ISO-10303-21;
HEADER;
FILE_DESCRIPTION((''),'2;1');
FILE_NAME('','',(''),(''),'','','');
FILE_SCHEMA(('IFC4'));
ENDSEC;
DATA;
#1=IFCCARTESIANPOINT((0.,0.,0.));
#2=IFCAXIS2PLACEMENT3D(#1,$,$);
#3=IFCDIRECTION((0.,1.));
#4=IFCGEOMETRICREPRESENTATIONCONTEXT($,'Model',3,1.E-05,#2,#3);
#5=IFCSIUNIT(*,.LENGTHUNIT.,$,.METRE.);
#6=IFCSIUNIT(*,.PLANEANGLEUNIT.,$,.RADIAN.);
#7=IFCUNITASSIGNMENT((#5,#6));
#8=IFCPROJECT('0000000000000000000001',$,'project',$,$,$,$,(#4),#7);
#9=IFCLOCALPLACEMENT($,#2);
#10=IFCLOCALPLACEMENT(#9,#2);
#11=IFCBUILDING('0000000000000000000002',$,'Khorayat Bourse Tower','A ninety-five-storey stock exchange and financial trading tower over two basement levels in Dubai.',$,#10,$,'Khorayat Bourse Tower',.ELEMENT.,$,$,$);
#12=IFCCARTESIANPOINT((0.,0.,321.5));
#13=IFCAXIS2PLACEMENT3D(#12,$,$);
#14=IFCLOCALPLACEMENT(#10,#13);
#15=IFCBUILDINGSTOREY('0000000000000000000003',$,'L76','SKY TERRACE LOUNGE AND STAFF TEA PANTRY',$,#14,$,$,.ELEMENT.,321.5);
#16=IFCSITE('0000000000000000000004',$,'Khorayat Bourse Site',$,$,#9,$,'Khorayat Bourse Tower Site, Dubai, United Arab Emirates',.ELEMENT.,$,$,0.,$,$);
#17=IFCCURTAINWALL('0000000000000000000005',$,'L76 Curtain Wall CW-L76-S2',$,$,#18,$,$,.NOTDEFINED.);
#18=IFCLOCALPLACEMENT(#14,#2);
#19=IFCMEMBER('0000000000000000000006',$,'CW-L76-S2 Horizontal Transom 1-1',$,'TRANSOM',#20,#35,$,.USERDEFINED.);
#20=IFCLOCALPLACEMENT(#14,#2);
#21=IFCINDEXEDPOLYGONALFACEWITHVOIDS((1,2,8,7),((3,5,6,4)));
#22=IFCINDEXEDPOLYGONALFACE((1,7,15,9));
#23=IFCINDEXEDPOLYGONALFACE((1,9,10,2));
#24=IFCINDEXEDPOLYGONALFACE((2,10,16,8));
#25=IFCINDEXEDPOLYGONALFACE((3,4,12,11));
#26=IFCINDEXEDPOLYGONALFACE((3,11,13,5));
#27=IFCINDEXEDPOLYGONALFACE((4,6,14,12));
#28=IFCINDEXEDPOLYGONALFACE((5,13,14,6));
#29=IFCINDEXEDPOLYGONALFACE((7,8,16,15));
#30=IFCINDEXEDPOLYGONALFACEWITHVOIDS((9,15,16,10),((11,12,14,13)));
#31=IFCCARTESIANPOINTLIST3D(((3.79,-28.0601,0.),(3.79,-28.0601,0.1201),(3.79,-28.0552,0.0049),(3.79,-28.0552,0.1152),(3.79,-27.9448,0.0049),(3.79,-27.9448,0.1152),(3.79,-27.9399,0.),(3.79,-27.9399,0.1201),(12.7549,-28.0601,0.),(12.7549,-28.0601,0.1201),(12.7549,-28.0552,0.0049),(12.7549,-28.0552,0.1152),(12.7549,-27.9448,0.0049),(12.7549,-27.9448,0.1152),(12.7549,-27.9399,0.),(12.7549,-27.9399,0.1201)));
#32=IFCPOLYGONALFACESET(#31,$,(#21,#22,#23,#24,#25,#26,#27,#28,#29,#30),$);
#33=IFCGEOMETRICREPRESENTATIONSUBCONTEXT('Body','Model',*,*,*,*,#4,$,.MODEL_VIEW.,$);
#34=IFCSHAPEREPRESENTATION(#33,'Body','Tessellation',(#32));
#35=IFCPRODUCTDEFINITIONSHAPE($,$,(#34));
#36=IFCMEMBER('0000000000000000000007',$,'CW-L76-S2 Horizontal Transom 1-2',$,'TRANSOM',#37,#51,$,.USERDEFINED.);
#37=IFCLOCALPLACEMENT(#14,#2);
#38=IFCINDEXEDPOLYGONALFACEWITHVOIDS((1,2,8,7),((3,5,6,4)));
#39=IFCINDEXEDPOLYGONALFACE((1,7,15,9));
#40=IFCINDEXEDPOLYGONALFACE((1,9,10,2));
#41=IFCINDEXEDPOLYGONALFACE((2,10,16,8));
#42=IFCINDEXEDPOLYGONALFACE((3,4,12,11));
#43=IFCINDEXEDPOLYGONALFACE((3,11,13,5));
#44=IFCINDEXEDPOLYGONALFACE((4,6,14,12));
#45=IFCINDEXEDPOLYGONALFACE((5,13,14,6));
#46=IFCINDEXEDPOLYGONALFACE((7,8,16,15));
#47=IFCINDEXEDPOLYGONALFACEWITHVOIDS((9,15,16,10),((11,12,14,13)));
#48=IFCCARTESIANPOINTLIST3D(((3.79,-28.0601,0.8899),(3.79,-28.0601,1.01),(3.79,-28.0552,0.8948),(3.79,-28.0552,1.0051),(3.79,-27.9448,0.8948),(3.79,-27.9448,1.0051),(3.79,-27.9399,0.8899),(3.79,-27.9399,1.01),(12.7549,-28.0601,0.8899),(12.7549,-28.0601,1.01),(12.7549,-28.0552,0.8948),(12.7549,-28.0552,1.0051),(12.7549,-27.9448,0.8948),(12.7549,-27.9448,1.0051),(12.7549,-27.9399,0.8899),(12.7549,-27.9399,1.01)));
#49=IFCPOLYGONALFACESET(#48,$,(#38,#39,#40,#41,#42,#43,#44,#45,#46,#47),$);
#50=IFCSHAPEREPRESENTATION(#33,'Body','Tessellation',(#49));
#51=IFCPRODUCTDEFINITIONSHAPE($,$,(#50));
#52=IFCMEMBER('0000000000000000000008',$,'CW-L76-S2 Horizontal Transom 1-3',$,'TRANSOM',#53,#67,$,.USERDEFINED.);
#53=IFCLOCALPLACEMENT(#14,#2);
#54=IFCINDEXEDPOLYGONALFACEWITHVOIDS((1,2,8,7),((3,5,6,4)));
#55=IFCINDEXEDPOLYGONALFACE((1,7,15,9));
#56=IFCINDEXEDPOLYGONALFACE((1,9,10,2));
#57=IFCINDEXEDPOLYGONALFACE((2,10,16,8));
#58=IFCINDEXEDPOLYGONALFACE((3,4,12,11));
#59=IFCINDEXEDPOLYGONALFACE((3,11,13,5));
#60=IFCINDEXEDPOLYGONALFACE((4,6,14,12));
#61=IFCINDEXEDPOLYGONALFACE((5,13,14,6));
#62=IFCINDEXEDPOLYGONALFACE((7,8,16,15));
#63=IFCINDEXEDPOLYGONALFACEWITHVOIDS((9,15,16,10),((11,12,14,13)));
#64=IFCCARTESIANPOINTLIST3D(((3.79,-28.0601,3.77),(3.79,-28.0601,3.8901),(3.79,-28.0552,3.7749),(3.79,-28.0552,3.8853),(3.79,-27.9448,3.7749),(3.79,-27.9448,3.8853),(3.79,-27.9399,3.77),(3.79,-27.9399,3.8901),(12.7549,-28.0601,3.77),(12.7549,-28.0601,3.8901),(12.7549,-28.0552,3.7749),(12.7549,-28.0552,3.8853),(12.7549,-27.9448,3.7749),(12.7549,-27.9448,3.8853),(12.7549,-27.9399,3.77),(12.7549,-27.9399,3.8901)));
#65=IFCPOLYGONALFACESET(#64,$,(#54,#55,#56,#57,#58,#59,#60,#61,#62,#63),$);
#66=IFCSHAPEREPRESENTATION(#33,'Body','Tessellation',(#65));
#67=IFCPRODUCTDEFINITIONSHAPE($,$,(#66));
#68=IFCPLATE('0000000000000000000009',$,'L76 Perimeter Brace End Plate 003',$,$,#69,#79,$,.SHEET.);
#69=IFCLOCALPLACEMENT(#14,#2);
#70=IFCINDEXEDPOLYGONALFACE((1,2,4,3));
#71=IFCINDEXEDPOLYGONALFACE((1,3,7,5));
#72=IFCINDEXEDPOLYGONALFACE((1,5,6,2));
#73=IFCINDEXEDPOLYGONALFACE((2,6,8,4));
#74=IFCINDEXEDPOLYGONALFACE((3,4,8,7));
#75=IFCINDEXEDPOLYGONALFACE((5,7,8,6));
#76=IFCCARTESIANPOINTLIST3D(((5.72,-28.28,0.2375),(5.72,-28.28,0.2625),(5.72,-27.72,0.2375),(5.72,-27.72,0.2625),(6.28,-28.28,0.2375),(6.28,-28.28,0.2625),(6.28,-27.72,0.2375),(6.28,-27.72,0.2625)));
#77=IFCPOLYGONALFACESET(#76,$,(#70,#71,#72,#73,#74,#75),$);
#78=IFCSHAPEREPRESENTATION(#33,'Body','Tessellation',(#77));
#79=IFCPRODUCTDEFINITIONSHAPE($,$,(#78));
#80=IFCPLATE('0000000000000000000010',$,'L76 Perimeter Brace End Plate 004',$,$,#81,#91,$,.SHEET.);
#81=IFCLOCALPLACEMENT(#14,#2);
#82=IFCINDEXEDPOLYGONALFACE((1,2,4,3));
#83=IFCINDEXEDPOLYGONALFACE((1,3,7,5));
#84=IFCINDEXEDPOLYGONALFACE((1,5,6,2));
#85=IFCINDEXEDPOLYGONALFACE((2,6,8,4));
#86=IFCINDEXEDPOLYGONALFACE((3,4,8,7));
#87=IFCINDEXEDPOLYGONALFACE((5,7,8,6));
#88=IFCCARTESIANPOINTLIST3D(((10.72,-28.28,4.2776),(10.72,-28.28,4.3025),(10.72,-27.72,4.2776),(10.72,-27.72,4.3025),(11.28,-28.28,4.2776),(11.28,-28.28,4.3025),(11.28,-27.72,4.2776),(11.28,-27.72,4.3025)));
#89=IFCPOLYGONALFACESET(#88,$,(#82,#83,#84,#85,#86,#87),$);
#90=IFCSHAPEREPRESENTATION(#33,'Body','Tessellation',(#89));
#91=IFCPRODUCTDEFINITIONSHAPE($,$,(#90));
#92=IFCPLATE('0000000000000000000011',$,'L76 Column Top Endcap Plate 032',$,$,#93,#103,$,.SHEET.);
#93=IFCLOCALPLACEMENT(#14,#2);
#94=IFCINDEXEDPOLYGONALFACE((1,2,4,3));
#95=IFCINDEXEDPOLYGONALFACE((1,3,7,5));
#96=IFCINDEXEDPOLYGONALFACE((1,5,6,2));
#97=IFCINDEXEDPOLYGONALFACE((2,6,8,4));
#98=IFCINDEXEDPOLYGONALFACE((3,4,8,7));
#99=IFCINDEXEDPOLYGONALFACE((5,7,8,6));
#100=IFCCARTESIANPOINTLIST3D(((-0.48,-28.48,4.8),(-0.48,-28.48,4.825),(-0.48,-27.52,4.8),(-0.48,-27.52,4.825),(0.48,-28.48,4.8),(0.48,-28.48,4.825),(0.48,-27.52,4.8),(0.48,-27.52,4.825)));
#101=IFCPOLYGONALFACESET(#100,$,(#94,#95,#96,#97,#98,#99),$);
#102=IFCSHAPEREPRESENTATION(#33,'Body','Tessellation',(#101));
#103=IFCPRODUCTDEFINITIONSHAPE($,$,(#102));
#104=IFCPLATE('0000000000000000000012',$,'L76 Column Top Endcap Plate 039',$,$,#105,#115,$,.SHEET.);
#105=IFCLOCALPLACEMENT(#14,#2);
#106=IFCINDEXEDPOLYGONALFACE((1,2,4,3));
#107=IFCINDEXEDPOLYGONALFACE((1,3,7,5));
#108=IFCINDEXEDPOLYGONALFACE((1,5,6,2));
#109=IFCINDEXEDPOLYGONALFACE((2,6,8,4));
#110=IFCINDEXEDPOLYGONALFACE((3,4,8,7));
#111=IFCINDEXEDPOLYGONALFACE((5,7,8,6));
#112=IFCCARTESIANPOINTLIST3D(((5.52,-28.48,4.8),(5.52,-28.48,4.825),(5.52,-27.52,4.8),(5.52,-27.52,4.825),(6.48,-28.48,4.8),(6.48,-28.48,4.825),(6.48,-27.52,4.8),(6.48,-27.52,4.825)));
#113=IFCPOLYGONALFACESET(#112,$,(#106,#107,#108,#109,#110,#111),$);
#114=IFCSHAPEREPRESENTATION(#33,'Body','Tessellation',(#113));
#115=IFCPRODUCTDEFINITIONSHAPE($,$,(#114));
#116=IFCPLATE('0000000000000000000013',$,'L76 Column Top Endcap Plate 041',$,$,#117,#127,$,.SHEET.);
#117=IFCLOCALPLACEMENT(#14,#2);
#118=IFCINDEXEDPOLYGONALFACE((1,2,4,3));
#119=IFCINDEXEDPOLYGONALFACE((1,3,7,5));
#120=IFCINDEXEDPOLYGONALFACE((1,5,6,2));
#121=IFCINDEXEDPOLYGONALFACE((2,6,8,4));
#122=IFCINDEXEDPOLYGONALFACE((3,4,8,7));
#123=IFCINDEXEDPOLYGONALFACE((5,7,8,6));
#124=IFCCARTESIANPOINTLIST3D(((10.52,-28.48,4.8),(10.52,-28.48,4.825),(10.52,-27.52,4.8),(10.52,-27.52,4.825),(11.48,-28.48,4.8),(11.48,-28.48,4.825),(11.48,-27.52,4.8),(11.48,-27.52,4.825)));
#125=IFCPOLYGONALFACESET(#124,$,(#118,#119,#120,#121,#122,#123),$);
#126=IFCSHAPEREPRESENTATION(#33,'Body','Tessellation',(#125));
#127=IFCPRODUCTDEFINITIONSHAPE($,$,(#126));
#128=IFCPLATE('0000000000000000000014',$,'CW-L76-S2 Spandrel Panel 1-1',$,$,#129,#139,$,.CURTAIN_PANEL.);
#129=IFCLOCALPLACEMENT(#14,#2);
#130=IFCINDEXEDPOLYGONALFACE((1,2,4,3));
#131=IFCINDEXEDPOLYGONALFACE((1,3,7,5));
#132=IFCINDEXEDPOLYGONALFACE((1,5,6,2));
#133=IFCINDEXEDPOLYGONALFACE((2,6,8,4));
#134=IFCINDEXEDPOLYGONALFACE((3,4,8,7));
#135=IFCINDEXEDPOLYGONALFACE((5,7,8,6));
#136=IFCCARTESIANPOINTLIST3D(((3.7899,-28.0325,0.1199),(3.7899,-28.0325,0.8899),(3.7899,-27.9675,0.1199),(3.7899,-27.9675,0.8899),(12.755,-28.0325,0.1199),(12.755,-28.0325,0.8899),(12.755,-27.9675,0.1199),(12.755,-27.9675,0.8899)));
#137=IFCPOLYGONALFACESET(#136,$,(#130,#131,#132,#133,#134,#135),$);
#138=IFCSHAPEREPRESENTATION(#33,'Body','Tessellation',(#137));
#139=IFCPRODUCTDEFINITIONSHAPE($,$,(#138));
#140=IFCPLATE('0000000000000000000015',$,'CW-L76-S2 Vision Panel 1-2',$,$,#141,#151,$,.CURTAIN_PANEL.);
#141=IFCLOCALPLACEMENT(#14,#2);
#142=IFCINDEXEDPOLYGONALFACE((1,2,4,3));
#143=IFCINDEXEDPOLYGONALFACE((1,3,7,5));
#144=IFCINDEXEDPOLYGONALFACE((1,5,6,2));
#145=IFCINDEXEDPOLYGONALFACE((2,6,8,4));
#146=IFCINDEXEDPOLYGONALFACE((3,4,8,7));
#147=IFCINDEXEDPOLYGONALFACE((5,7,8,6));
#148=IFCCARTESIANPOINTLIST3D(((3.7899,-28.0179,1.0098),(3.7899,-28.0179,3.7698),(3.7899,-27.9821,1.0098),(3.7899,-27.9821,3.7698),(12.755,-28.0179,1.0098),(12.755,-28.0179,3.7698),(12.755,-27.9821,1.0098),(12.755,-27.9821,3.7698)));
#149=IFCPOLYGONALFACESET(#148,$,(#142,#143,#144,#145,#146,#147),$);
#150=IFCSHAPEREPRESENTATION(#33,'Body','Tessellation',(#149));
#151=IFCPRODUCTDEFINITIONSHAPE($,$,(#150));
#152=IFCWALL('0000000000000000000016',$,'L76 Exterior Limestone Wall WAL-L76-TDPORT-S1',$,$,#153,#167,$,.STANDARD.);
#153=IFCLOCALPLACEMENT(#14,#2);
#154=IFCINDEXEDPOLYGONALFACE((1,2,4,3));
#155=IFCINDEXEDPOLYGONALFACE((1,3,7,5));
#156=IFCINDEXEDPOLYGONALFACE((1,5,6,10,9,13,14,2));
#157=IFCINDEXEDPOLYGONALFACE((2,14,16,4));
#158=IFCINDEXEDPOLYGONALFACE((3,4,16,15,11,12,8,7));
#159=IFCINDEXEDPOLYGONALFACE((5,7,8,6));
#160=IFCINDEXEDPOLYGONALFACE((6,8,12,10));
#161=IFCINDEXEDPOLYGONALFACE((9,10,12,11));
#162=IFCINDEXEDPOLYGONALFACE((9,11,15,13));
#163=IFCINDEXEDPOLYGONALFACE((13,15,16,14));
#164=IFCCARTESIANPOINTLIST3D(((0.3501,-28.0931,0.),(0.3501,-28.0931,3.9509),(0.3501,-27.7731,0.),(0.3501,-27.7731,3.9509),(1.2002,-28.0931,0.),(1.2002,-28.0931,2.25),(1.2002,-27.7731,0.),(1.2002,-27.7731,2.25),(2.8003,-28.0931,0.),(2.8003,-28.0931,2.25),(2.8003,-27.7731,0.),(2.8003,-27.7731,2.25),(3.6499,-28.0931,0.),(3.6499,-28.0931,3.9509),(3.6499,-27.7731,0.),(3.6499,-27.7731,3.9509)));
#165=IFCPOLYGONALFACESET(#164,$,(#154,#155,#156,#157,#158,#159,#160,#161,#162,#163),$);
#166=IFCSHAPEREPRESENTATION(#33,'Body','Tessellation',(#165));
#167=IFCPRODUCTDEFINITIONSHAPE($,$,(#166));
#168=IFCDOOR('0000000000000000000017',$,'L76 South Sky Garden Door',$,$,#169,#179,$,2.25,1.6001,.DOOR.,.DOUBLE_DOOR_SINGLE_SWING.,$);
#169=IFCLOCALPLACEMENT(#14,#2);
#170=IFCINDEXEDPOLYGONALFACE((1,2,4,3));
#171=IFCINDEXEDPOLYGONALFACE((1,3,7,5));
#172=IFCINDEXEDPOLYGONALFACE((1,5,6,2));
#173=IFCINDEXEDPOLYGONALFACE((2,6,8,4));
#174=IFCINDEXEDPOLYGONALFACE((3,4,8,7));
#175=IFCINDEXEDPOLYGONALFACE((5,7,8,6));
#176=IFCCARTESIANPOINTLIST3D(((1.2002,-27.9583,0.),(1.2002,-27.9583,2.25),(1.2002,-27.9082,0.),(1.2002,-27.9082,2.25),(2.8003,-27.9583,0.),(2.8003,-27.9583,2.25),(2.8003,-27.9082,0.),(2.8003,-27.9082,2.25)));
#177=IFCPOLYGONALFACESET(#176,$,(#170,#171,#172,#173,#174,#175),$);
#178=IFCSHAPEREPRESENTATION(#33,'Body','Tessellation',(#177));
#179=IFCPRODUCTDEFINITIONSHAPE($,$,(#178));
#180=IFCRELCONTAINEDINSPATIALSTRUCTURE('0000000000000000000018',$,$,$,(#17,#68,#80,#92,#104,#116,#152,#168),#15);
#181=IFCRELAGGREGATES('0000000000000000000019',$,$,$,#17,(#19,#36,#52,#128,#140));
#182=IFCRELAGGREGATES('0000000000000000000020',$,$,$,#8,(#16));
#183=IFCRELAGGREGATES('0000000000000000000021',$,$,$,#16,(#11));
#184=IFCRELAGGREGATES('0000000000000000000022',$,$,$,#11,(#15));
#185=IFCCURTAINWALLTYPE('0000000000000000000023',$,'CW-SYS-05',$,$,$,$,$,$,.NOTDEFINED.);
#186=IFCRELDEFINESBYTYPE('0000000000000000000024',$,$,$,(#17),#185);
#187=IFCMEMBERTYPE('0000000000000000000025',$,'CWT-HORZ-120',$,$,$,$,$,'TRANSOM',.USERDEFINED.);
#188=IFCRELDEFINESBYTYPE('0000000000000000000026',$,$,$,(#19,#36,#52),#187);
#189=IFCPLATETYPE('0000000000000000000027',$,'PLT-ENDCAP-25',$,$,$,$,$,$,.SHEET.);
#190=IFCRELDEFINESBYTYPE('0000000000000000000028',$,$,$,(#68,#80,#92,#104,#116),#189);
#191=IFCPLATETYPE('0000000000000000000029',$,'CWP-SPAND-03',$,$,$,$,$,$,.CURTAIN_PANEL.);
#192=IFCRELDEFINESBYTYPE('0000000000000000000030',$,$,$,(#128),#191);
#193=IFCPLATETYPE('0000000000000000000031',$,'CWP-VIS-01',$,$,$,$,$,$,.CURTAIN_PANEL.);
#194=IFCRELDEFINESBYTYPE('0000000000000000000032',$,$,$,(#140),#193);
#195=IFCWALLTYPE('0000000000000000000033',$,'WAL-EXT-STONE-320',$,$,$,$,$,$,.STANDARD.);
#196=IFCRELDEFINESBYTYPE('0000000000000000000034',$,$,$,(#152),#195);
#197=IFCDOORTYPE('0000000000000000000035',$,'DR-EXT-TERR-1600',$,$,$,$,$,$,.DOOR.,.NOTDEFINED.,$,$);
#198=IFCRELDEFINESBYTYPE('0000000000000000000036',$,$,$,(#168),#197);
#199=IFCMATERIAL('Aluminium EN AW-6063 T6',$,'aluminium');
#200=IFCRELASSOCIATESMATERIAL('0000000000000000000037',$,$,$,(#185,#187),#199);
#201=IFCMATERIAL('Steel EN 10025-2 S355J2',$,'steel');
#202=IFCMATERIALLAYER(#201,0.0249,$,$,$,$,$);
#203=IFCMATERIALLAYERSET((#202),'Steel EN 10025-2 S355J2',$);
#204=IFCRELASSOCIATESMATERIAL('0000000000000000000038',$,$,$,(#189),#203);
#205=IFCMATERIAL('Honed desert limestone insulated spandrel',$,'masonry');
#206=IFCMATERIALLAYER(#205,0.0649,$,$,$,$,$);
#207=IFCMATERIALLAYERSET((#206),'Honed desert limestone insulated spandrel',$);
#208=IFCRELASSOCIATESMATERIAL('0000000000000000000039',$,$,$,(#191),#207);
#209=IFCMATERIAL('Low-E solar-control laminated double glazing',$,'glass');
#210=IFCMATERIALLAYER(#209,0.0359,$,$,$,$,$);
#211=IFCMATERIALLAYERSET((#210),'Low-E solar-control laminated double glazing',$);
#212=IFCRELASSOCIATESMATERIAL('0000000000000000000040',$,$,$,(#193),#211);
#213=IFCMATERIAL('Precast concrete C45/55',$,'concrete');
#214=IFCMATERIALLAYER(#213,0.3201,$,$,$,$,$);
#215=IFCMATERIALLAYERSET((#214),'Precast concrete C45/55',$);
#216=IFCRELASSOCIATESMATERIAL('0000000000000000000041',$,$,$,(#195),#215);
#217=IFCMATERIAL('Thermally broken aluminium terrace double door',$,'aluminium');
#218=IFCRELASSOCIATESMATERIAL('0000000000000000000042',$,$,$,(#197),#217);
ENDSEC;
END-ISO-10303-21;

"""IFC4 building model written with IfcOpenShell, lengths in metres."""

from ifc_helpers import new_model, si_unit, direction, frame, frame_2d, origin, origin_2d, place, context, subcontext, project, spatial, rectangle, hollow_rectangle, extrude, source, transform, mapped, material, layer, layer_set, material_profile, profile_set, type_object, element, fill, aggregate, save


model = new_model("IFC4")

# Units and contexts
model_context = context("Model", 3, precision=1e-05, world=origin(), true_north=direction((0.0, 1.0)))
body_context = subcontext(model_context, "Body", "Model", "MODEL_VIEW")
ifc_project = project(units=[si_unit("LENGTHUNIT", "METRE"), si_unit("PLANEANGLEUNIT", "RADIAN")], contexts=[model_context])

# Site, building, storey
site_placement = place(None, origin())
site = spatial("IfcSite", under=ifc_project, at=site_placement, Name="Khorayat Bourse Site", LongName="Khorayat Bourse Tower Site, Dubai, United Arab Emirates", CompositionType="ELEMENT", RefElevation=0.0)
building_placement = place(site_placement, origin())
building = spatial("IfcBuilding", under=site, at=building_placement, Name="Khorayat Bourse Tower", Description="A ninety-five-storey stock exchange and financial trading tower over two basement levels in Dubai.", LongName="Khorayat Bourse Tower", CompositionType="ELEMENT")
storey_placement = place(building_placement, frame((0.0, 0.0, 321.5)))
storey = spatial("IfcBuildingStorey", under=building, at=storey_placement, Name="L76", Description="SKY TERRACE LOUNGE AND STAFF TEA PANTRY", CompositionType="ELEMENT", Elevation=321.5)

# Shared definitions
ifc_material_1 = material(Name="Aluminium EN AW-6063 T6", Category="aluminium")
curtain_wall_type = type_object("IfcCurtainWallType", Name="CW-SYS-05", PredefinedType="NOTDEFINED", material=ifc_material_1)

# Curtain wall, members
curtain_wall_1_placement = place(storey_placement, origin())
curtain_wall_1 = element("IfcCurtainWall", 1, at=curtain_wall_1_placement, inside=storey, type_object=curtain_wall_type, Name="L76 Curtain Wall CW-L76-S2", PredefinedType="NOTDEFINED")
ifc_material_profile_1 = material_profile(ifc_material_1, hollow_rectangle(XDim=0.1201, YDim=0.1201, WallThickness=0.0049, at=origin_2d()), Name="ALU 120x120x5")
ifc_profile_set_1 = profile_set([ifc_material_profile_1], Name="Aluminium EN AW-6063 T6")
member_type_1 = type_object("IfcMemberType", Name="CWT-HORZ-120", ElementType="TRANSOM", PredefinedType="USERDEFINED", material=ifc_profile_set_1)
shared_shape_1 = source(origin(), body_context, "Body", "SweptSolid", [
    extrude(hollow_rectangle(XDim=0.1201, YDim=0.1201, WallThickness=0.0049, at=origin_2d()), origin(), (0.0, 0.0, 1.0), 8.9648),
])
member_1_placement = place(storey_placement, frame((3.79, -28.0, 0.0601), z_axis=(1.0, 0.0, 0.0), x_axis=(0.0, 1.0, 0.0)))
member_1 = element("IfcMember", 2, at=member_1_placement, type_object=member_type_1, Name="CW-L76-S2 Horizontal Transom 1-1", ObjectType="TRANSOM", PredefinedType="USERDEFINED", context=body_context, shape_type="MappedRepresentation", body=[
    mapped(shared_shape_1, transform((0.0, 0.0, 0.0), scale=1.0)),
])
member_2_placement = place(storey_placement, frame((3.79, -28.0, 0.95), z_axis=(1.0, 0.0, 0.0), x_axis=(0.0, 1.0, 0.0)))
member_2 = element("IfcMember", 3, at=member_2_placement, type_object=member_type_1, Name="CW-L76-S2 Horizontal Transom 1-2", ObjectType="TRANSOM", PredefinedType="USERDEFINED", context=body_context, shape_type="MappedRepresentation", body=[
    mapped(shared_shape_1, transform((0.0, 0.0, 0.0), scale=1.0)),
])
member_3_placement = place(storey_placement, frame((3.79, -28.0, 3.8301), z_axis=(1.0, 0.0, 0.0), x_axis=(0.0, 1.0, 0.0)))
member_3 = element("IfcMember", 4, at=member_3_placement, type_object=member_type_1, Name="CW-L76-S2 Horizontal Transom 1-3", ObjectType="TRANSOM", PredefinedType="USERDEFINED", context=body_context, shape_type="MappedRepresentation", body=[
    mapped(shared_shape_1, transform((0.0, 0.0, 0.0), scale=1.0)),
])

# Plates
ifc_material_2 = material(Name="Steel EN 10025-2 S355J2", Category="steel")
ifc_layer_1 = layer(ifc_material_2, 0.0249)
ifc_layer_set_1 = layer_set([ifc_layer_1], Name="Steel EN 10025-2 S355J2")
plate_type_1 = type_object("IfcPlateType", Name="PLT-ENDCAP-25", PredefinedType="SHEET", material=ifc_layer_set_1)
shared_shape_2 = source(origin(), body_context, "Body", "SweptSolid", [
    extrude(rectangle(XDim=0.5601, YDim=0.5601, at=origin_2d()), origin(), (0.0, 0.0, 1.0), 0.0249),
])
for number, where, z_axis, x_axis, name in (
    (5, (6.0, -28.0, 0.2375), (0.0, 0.0, 1.0), (1.0, 0.0, 0.0), "L76 Perimeter Brace End Plate 003"),
    (6, (11.0, -28.0, 4.2776), (0.0, 0.0, 1.0), (1.0, 0.0, 0.0), "L76 Perimeter Brace End Plate 004"),
):
    element("IfcPlate", number, at=place(storey_placement, frame(where, z_axis=z_axis, x_axis=x_axis)), inside=storey, type_object=plate_type_1, Name=name, PredefinedType="SHEET", context=body_context, shape_type="MappedRepresentation", body=[
        mapped(shared_shape_2, transform((0.0, 0.0, 0.0), scale=1.0)),
    ])
shared_shape_3 = source(origin(), body_context, "Body", "SweptSolid", [
    extrude(rectangle(XDim=0.96, YDim=0.96, at=origin_2d()), origin(), (0.0, 0.0, 1.0), 0.0249),
])
for number, where, z_axis, x_axis, name in (
    (7, (0.0, -28.0, 4.8), (0.0, 0.0, 1.0), (1.0, 0.0, 0.0), "L76 Column Top Endcap Plate 032"),
    (8, (6.0, -28.0, 4.8), (0.0, 0.0, 1.0), (1.0, 0.0, 0.0), "L76 Column Top Endcap Plate 039"),
    (9, (11.0, -28.0, 4.8), (0.0, 0.0, 1.0), (1.0, 0.0, 0.0), "L76 Column Top Endcap Plate 041"),
):
    element("IfcPlate", number, at=place(storey_placement, frame(where, z_axis=z_axis, x_axis=x_axis)), inside=storey, type_object=plate_type_1, Name=name, PredefinedType="SHEET", context=body_context, shape_type="MappedRepresentation", body=[
        mapped(shared_shape_3, transform((0.0, 0.0, 0.0), scale=1.0)),
    ])

# Plates
ifc_material_3 = material(Name="Honed desert limestone insulated spandrel", Category="masonry")
ifc_layer_2 = layer(ifc_material_3, 0.0649)
ifc_layer_set_2 = layer_set([ifc_layer_2], Name="Honed desert limestone insulated spandrel")
plate_type_2 = type_object("IfcPlateType", Name="CWP-SPAND-03", PredefinedType="CURTAIN_PANEL", material=ifc_layer_set_2)
shared_shape_4 = source(origin(), body_context, "Body", "SweptSolid", [
    extrude(rectangle(XDim=8.9651, YDim=0.0649, at=origin_2d()), origin(), (0.0, 0.0, 1.0), 0.77),
])
plate_1_placement = place(storey_placement, frame((8.2725, -28.0, 0.1199), z_axis=(0.0, 0.0, 1.0), x_axis=(1.0, 0.0, 0.0)))
plate_1 = element("IfcPlate", 10, at=plate_1_placement, type_object=plate_type_2, Name="CW-L76-S2 Spandrel Panel 1-1", PredefinedType="CURTAIN_PANEL", context=body_context, shape_type="MappedRepresentation", body=[
    mapped(shared_shape_4, transform((0.0, 0.0, 0.0), scale=1.0)),
])
ifc_material_4 = material(Name="Low-E solar-control laminated double glazing", Category="glass")
ifc_layer_3 = layer(ifc_material_4, 0.0359)
ifc_layer_set_3 = layer_set([ifc_layer_3], Name="Low-E solar-control laminated double glazing")
plate_type_3 = type_object("IfcPlateType", Name="CWP-VIS-01", PredefinedType="CURTAIN_PANEL", material=ifc_layer_set_3)
shared_shape_5 = source(origin(), body_context, "Body", "SweptSolid", [
    extrude(rectangle(XDim=8.9651, YDim=0.0359, at=origin_2d()), origin(), (0.0, 0.0, 1.0), 2.76),
])
plate_2_placement = place(storey_placement, frame((8.2725, -28.0, 1.0098), z_axis=(0.0, 0.0, 1.0), x_axis=(1.0, 0.0, 0.0)))
plate_2 = element("IfcPlate", 11, at=plate_2_placement, type_object=plate_type_3, Name="CW-L76-S2 Vision Panel 1-2", PredefinedType="CURTAIN_PANEL", context=body_context, shape_type="MappedRepresentation", body=[
    mapped(shared_shape_5, transform((0.0, 0.0, 0.0), scale=1.0)),
])
aggregate(curtain_wall_1, [member_1, member_2, member_3, plate_1, plate_2])

# Wall, opening, door
ifc_material_5 = material(Name="Precast concrete C45/55", Category="concrete")
ifc_layer_4 = layer(ifc_material_5, 0.3201)
ifc_layer_set_4 = layer_set([ifc_layer_4], Name="Precast concrete C45/55")
wall_type_1 = type_object("IfcWallType", Name="WAL-EXT-STONE-320", PredefinedType="STANDARD", material=ifc_layer_set_4)
shared_shape_6 = source(origin(), body_context, "Body", "SweptSolid", [
    extrude(rectangle(XDim=3.2998, YDim=0.3201, at=frame_2d((1.6499, 0.0))), origin(), (0.0, 0.0, 1.0), 3.9509),
])
wall_1_placement = place(storey_placement, frame((0.3501, -27.9331, 0.0), z_axis=(0.0, 0.0, 1.0), x_axis=(1.0, 0.0, 0.0)))
wall_1 = element("IfcWall", 12, at=wall_1_placement, inside=storey, type_object=wall_type_1, Name="L76 Exterior Limestone Wall WAL-L76-TDPORT-S1", PredefinedType="STANDARD", context=body_context, shape_type="MappedRepresentation", body=[
    mapped(shared_shape_6, transform((0.0, 0.0, 0.0), scale=1.0)),
])
shared_shape_7 = source(origin(), body_context, "Body", "SweptSolid", [
    extrude(rectangle(XDim=1.6001, YDim=2.25, at=frame_2d((0.8, 1.125))), frame((0.0, 0.1699, 0.0), z_axis=(0.0, -1.0, 0.0), x_axis=(1.0, 0.0, 0.0)), (0.0, 0.0, 1.0), 0.3401),
])
opening_1_placement = place(wall_1_placement, frame((0.8501, 0.0, 0.0)))
opening_1 = element("IfcOpeningElement", 13, at=opening_1_placement, cuts=wall_1, PredefinedType="OPENING", context=body_context, shape_type="MappedRepresentation", body=[
    mapped(shared_shape_7, transform((0.0, 0.0, 0.0), scale=1.0)),
])
ifc_material_6 = material(Name="Thermally broken aluminium terrace double door", Category="aluminium")
door_type_1 = type_object("IfcDoorType", Name="DR-EXT-TERR-1600", OperationType="NOTDEFINED", PredefinedType="DOOR", material=ifc_material_6)
shared_shape_8 = source(origin(), body_context, "Body", "SweptSolid", [
    extrude(rectangle(XDim=1.6001, YDim=2.25, at=frame_2d((0.8, 1.125))), frame((0.0, 0.0249, 0.0), z_axis=(0.0, -1.0, 0.0), x_axis=(1.0, 0.0, 0.0)), (0.0, 0.0, 1.0), 0.05),
])
door_1_placement = place(opening_1_placement, origin())
door_1 = element("IfcDoor", 14, at=door_1_placement, inside=storey, type_object=door_type_1, Name="L76 South Sky Garden Door", OperationType="DOUBLE_DOOR_SINGLE_SWING", OverallHeight=2.25, OverallWidth=1.6001, PredefinedType="DOOR", context=body_context, shape_type="MappedRepresentation", body=[
    mapped(shared_shape_8, transform((0.0, 0.0, 0.0), scale=1.0)),
])
fill(opening_1, door_1)

save(model, "model.ifc")
